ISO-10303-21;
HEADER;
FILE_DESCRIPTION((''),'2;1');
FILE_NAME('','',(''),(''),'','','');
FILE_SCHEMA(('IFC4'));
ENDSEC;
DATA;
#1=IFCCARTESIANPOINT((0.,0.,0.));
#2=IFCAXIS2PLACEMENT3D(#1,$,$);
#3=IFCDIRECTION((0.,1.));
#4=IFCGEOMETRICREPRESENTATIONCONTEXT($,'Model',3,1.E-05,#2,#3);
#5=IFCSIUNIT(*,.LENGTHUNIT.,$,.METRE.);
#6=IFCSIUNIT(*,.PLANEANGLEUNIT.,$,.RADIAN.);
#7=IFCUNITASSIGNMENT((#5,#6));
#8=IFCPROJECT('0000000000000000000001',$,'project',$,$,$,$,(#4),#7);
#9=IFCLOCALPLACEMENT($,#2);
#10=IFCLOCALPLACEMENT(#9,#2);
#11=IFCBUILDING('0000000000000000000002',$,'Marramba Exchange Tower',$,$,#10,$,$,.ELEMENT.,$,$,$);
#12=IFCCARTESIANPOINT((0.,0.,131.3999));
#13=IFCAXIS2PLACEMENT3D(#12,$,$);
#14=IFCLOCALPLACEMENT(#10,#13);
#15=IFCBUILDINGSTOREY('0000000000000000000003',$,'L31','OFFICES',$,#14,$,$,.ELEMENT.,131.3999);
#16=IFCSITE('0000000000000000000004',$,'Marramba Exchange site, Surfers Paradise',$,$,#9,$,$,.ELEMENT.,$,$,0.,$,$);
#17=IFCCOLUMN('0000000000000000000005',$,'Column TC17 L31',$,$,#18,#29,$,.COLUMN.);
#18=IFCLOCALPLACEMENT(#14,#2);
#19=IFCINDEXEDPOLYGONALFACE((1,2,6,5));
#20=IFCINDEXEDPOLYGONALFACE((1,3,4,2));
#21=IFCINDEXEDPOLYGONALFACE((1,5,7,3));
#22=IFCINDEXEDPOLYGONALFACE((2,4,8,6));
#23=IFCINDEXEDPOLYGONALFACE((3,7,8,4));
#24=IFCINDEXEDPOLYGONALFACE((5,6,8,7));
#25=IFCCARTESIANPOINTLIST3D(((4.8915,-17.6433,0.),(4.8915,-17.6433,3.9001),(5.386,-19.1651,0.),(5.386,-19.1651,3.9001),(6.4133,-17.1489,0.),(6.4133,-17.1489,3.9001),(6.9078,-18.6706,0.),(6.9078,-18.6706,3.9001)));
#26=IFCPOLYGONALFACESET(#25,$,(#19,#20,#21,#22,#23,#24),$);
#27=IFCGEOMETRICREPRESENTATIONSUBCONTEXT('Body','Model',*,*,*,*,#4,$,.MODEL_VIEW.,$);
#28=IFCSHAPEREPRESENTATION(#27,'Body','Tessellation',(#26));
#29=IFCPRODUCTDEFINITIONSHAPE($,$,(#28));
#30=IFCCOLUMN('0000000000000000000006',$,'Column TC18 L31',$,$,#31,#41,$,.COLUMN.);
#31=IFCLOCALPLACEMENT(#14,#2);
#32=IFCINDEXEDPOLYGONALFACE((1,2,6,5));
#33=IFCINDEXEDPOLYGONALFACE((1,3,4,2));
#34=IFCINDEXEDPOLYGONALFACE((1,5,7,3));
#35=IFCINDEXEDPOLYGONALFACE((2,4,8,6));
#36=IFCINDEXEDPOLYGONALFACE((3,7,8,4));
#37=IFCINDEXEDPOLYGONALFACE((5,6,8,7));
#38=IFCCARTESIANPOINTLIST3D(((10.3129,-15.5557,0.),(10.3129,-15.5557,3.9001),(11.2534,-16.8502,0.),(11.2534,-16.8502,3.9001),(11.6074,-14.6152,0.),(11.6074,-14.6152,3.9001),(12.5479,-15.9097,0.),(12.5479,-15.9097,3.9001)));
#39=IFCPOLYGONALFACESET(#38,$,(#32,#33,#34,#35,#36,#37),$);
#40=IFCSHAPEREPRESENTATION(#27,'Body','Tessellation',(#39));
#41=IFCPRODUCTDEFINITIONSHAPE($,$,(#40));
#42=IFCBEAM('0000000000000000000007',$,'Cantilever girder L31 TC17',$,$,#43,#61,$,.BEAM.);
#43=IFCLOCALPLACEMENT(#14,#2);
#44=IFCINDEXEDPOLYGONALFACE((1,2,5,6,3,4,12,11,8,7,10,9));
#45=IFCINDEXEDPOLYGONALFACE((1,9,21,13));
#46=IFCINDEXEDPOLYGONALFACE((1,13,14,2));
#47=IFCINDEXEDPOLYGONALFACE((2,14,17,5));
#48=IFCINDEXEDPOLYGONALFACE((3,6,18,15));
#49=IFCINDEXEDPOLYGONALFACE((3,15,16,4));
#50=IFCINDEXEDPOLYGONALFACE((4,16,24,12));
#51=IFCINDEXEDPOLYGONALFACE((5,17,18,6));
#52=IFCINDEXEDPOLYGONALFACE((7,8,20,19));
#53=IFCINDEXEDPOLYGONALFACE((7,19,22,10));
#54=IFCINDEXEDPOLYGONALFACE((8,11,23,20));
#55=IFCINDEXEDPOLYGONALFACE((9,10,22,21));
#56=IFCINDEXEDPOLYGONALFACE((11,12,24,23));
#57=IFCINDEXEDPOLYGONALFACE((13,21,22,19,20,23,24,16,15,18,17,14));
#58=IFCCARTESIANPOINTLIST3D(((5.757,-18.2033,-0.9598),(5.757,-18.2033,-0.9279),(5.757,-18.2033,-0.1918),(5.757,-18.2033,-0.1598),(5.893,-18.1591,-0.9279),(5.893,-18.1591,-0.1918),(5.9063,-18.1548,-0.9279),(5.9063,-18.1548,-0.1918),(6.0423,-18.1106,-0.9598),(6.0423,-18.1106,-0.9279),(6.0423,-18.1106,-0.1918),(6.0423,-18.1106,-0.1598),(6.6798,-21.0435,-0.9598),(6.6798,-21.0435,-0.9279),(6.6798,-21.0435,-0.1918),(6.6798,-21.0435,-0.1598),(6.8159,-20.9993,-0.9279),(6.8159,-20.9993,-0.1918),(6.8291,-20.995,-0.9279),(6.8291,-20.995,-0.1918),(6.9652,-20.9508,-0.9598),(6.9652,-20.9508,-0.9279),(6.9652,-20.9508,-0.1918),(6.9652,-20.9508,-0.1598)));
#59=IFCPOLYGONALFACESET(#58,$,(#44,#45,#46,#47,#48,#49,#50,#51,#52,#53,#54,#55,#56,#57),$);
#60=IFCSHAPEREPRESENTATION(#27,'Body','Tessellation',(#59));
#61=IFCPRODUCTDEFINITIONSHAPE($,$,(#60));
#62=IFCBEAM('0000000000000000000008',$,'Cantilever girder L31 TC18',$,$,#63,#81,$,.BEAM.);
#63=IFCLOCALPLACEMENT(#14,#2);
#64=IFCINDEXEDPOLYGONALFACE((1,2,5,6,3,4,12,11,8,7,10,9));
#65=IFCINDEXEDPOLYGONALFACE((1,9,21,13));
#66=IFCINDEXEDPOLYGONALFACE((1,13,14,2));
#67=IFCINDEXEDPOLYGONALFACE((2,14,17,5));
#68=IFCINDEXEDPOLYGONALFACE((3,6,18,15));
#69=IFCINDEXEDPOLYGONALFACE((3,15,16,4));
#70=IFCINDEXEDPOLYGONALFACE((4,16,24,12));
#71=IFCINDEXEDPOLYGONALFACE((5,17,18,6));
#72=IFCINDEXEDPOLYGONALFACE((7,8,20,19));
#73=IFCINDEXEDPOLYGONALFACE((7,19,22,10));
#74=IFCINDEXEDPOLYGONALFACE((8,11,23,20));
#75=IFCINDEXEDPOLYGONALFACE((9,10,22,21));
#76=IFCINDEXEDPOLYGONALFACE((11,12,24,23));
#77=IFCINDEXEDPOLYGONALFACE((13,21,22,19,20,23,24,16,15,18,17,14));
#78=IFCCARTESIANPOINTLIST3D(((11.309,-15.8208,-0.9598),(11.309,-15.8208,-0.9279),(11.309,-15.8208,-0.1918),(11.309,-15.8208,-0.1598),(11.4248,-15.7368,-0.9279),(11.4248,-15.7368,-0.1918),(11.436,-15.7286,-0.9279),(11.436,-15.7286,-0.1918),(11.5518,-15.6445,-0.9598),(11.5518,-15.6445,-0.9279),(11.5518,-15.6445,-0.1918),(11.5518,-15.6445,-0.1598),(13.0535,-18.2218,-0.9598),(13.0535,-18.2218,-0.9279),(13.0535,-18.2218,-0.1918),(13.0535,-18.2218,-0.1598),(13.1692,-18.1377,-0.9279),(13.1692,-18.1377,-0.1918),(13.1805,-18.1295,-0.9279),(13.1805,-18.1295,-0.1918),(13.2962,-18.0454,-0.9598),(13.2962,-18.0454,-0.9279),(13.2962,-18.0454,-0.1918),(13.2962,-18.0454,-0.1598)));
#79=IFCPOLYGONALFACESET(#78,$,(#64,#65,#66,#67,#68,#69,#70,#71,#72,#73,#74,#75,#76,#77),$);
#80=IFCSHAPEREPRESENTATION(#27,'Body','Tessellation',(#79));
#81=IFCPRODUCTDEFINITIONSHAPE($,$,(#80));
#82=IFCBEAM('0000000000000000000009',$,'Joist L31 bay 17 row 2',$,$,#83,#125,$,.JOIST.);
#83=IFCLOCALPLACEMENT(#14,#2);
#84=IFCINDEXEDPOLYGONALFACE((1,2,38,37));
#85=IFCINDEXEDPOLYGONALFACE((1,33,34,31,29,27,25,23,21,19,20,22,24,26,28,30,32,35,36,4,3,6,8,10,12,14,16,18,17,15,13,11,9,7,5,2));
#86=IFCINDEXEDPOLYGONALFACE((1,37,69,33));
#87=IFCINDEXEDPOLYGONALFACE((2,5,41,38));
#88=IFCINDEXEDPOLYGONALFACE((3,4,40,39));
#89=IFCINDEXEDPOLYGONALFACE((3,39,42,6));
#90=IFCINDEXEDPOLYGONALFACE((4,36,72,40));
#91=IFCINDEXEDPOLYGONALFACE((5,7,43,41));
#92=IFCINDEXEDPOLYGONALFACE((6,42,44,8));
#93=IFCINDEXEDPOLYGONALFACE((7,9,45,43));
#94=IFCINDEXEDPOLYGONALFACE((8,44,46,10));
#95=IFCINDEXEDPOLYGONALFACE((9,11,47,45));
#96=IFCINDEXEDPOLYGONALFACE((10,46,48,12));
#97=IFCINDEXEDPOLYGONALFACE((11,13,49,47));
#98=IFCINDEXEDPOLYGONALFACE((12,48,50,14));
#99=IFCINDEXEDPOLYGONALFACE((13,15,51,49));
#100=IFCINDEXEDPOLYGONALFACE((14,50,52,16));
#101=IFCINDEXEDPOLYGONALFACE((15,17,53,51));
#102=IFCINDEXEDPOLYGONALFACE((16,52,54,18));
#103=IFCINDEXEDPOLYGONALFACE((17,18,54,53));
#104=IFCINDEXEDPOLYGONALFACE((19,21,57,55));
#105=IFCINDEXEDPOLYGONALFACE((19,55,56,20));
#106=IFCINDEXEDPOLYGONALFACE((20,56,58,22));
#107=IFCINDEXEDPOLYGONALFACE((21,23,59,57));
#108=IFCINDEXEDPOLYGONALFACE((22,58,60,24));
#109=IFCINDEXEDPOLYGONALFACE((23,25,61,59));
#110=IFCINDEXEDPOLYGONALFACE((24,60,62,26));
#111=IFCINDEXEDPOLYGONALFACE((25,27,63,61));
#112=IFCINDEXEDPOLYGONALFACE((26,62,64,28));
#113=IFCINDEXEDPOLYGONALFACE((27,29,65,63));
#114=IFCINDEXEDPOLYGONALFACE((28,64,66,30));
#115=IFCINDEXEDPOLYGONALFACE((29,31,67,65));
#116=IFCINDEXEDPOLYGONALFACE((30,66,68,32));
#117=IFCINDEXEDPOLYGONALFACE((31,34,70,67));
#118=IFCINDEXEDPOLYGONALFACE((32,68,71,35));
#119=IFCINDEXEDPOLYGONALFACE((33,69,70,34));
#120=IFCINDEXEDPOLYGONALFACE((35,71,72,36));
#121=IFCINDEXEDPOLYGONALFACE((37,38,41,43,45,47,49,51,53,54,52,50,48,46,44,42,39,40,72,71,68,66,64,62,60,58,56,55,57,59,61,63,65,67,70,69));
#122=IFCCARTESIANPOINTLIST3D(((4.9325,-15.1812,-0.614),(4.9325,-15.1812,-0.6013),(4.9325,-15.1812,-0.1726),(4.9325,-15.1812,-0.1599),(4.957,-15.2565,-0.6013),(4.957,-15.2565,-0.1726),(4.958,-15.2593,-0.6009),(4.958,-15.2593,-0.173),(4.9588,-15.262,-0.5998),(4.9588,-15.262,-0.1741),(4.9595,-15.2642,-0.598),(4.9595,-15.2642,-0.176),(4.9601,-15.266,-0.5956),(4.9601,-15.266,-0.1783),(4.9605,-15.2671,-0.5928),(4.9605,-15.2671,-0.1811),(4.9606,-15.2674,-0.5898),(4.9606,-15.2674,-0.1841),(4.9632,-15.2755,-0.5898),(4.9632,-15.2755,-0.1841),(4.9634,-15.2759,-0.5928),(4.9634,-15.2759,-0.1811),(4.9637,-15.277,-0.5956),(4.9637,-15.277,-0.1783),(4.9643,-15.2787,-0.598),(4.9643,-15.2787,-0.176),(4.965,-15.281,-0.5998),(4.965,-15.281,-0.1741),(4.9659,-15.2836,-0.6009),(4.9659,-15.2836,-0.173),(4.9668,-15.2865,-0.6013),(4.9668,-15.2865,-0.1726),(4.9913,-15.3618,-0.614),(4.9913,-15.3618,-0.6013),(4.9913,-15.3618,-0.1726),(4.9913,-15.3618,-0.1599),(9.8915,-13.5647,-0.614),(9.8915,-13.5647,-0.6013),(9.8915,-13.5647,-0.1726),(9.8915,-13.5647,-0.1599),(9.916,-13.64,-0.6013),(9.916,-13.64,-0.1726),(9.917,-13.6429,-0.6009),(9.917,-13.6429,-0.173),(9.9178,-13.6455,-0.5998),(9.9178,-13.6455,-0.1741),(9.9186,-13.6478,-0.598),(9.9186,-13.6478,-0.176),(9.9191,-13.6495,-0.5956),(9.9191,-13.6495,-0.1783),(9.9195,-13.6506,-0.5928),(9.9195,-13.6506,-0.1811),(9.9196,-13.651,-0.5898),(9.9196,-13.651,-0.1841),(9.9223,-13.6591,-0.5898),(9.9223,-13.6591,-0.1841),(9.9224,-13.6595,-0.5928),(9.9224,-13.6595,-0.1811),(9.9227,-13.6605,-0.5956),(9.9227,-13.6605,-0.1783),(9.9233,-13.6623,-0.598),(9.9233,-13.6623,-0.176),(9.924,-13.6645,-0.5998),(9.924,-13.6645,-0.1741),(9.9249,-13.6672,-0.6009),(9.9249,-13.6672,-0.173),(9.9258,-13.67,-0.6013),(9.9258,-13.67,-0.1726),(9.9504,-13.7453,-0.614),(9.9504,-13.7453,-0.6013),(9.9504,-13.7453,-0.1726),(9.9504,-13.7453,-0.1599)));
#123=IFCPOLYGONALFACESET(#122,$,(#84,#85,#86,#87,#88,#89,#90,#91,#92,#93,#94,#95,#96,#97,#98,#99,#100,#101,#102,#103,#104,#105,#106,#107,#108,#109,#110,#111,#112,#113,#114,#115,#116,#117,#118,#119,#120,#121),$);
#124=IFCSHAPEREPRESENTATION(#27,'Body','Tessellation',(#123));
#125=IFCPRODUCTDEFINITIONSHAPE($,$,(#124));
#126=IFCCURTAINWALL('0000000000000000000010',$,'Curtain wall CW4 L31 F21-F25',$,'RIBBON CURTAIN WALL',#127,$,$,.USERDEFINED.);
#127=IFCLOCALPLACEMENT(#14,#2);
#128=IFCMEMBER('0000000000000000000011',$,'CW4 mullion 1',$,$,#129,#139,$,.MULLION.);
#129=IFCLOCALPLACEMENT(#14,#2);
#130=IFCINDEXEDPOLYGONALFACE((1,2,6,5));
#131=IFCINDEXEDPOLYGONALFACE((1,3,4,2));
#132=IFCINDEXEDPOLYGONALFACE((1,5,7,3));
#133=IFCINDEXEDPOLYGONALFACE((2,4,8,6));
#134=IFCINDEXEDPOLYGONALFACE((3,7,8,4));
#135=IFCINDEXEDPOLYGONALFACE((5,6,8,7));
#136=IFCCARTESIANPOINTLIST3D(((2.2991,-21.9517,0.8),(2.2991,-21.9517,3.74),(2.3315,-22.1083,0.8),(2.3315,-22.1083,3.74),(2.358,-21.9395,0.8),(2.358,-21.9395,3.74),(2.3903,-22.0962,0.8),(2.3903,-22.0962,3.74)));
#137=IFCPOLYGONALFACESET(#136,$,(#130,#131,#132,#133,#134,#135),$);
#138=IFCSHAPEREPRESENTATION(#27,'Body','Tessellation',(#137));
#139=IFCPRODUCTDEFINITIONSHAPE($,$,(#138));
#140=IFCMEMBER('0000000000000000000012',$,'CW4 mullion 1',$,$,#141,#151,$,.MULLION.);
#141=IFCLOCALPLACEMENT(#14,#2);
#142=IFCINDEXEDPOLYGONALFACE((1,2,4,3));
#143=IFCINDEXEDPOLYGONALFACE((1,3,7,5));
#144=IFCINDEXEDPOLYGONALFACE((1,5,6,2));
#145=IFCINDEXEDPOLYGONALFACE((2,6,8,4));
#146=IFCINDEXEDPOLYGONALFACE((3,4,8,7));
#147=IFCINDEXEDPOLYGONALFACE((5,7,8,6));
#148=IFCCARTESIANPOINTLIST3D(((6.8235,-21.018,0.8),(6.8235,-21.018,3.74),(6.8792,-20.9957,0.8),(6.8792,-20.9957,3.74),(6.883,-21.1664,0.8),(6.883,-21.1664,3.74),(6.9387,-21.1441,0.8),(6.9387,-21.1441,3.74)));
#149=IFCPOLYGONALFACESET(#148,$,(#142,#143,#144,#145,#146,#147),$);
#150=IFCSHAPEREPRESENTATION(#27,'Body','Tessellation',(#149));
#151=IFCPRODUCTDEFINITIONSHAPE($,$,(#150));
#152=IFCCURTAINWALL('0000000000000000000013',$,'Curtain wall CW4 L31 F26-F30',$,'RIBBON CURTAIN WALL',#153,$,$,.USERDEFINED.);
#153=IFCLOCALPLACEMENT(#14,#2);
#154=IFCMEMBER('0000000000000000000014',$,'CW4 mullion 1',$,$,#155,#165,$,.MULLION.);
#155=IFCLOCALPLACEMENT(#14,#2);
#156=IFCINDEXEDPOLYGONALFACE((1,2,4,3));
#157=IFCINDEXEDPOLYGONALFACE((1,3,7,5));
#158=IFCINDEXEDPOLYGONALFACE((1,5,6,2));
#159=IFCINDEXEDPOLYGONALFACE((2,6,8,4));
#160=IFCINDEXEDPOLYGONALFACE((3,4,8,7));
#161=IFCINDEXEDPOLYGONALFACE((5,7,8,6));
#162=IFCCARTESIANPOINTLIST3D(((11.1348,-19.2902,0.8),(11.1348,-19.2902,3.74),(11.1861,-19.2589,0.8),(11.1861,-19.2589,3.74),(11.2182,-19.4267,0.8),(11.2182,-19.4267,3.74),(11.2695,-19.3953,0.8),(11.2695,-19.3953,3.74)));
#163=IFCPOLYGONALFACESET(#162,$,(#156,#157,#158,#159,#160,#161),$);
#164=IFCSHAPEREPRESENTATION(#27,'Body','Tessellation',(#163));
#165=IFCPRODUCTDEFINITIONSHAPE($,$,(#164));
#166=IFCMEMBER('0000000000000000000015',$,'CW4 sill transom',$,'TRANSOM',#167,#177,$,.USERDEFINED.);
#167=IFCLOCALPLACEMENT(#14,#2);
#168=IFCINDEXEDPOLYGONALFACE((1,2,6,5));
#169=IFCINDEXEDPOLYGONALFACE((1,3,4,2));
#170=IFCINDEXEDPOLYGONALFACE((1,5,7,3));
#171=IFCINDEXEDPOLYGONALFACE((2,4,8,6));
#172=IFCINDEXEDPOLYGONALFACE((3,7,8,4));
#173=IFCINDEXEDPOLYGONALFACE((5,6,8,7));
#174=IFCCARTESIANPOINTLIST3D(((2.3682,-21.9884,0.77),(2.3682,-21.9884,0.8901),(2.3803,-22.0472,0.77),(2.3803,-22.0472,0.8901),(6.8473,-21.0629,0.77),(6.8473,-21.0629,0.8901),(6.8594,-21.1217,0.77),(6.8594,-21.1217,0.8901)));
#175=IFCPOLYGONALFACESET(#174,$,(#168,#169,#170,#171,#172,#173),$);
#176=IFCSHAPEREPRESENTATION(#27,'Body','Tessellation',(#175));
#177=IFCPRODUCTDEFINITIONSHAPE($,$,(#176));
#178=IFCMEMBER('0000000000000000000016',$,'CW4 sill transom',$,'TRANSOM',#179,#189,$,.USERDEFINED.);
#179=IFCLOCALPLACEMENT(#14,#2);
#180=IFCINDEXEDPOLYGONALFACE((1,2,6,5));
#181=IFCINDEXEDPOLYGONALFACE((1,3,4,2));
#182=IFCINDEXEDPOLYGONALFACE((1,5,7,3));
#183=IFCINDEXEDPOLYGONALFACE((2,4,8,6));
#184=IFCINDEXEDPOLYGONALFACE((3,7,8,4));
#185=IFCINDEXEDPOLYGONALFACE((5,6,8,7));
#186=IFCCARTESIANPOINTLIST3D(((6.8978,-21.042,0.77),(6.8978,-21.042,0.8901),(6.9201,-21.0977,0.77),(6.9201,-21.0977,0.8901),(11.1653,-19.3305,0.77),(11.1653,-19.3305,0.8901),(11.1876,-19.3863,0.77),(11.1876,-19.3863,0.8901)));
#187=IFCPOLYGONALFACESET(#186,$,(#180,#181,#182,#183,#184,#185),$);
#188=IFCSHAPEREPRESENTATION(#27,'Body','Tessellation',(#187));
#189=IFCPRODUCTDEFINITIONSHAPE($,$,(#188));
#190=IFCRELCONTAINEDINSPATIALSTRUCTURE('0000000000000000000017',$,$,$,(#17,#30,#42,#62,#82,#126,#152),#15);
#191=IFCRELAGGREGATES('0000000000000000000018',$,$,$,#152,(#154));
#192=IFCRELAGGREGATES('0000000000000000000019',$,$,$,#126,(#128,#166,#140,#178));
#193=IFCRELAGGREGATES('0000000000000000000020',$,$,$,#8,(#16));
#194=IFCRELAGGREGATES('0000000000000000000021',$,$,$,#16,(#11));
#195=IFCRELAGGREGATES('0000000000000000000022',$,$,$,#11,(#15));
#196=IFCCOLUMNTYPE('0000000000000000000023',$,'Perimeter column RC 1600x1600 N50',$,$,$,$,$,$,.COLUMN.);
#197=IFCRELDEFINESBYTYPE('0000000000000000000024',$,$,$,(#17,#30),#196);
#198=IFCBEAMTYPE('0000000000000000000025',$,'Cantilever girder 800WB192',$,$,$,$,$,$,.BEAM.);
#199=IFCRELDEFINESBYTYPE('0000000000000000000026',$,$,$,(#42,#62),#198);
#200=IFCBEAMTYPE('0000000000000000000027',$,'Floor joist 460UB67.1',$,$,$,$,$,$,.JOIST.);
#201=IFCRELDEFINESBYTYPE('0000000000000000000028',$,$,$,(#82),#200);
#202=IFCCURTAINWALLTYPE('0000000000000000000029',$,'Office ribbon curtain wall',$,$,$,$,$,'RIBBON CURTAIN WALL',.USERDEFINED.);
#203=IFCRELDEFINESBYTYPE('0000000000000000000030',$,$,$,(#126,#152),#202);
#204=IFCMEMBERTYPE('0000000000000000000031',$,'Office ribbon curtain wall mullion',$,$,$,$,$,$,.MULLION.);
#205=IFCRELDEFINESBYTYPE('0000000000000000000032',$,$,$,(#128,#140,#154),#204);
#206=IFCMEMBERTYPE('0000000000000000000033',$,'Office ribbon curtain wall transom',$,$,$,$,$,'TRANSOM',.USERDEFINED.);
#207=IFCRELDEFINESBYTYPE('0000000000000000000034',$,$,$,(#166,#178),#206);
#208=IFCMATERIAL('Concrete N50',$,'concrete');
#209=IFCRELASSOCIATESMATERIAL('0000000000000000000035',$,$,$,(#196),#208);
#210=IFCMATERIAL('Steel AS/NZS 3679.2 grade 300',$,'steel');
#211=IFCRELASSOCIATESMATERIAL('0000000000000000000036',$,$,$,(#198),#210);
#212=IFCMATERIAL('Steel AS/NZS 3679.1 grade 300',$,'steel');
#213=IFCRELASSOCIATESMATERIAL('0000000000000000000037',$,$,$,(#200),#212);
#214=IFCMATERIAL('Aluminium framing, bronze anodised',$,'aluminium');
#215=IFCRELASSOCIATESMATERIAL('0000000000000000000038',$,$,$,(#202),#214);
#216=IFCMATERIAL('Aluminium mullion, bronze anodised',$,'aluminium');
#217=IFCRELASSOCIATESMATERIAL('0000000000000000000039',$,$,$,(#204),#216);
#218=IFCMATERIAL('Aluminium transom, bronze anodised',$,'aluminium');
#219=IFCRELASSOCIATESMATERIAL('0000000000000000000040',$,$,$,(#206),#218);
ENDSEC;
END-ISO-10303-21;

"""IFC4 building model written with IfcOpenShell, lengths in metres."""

from ifc_helpers import new_model, si_unit, direction, frame, origin, origin_2d, place, context, subcontext, project, spatial, rectangle, i_section, extrude, material, material_profile, profile_set, type_object, element, aggregate, save


model = new_model("IFC4")

# Units and contexts
model_context = context("Model", 3, precision=1e-05, world=origin(), true_north=direction((0.0, 1.0)))
body_context = subcontext(model_context, "Body", "Model", "MODEL_VIEW")
ifc_project = project(units=[si_unit("LENGTHUNIT", "METRE"), si_unit("PLANEANGLEUNIT", "RADIAN")], contexts=[model_context])

# Site, building, storey
site_placement = place(None, origin())
site = spatial("IfcSite", under=ifc_project, at=site_placement, Name="Marramba Exchange site, Surfers Paradise", CompositionType="ELEMENT", RefElevation=0.0)
building_placement = place(site_placement, origin())
building = spatial("IfcBuilding", under=site, at=building_placement, Name="Marramba Exchange Tower", CompositionType="ELEMENT")
storey_placement = place(building_placement, frame((0.0, 0.0, 131.3999)))
storey = spatial("IfcBuildingStorey", under=building, at=storey_placement, Name="L31", Description="OFFICES", CompositionType="ELEMENT", Elevation=131.3999)

# Columns
ifc_material_1 = material(Name="Concrete N50", Category="concrete")
ifc_material_profile_1 = material_profile(ifc_material_1, rectangle(XDim=1.6001, YDim=1.6001, at=origin_2d()), Name="RC 1600x1600")
ifc_profile_set_1 = profile_set([ifc_material_profile_1], Name="Concrete N50")
column_type = type_object("IfcColumnType", Name="Perimeter column RC 1600x1600 N50", PredefinedType="COLUMN", material=ifc_profile_set_1)
for number, where, z_axis, x_axis, name in (
    (1, (5.8997, -18.157, 0.0), (0.0, 0.0, 1.0), (0.309017, -0.951057, 0.0), "Column TC17 L31"),
    (2, (11.4304, -15.7327, 0.0), (0.0, 0.0, 1.0), (0.587785, -0.809017, 0.0), "Column TC18 L31"),
):
    element("IfcColumn", number, at=place(storey_placement, frame(where, z_axis=z_axis, x_axis=x_axis)), inside=storey, type_object=column_type, Name=name, PredefinedType="COLUMN", context=body_context, shape_type="SweptSolid", body=[
        extrude(rectangle(XDim=1.6001, YDim=1.6001, at=origin_2d()), origin(), (0.0, 0.0, 1.0), 3.9001),
    ])

# Beams
ifc_material_2 = material(Name="Steel AS/NZS 3679.2 grade 300", Category="steel")
ifc_material_profile_2 = material_profile(ifc_material_2, i_section(OverallWidth=0.3, OverallDepth=0.8, WebThickness=0.0139, FlangeThickness=0.032, at=origin_2d()), Name="800WB192")
ifc_profile_set_2 = profile_set([ifc_material_profile_2], Name="Steel AS/NZS 3679.2 grade 300")
beam_type_1 = type_object("IfcBeamType", Name="Cantilever girder 800WB192", PredefinedType="BEAM", material=ifc_profile_set_2)
beam_1_placement = place(storey_placement, frame((5.8997, -18.157, -0.5598), z_axis=(0.309032, -0.951051, 0.0), x_axis=(0.951051, 0.309032, 0.0)))
element("IfcBeam", 3, at=beam_1_placement, inside=storey, type_object=beam_type_1, Name="Cantilever girder L31 TC17", PredefinedType="BEAM", context=body_context, shape_type="SweptSolid", body=[
    extrude(i_section(OverallWidth=0.3, OverallDepth=0.8, WebThickness=0.0139, FlangeThickness=0.032, at=origin_2d()), origin(), (0.0, 0.0, 1.0), 2.9863),
])
beam_2_placement = place(storey_placement, frame((11.4304, -15.7327, -0.5598), z_axis=(0.587795, -0.80901, 0.0), x_axis=(0.80901, 0.587795, 0.0)))
element("IfcBeam", 4, at=beam_2_placement, inside=storey, type_object=beam_type_1, Name="Cantilever girder L31 TC18", PredefinedType="BEAM", context=body_context, shape_type="SweptSolid", body=[
    extrude(i_section(OverallWidth=0.3, OverallDepth=0.8, WebThickness=0.0139, FlangeThickness=0.032, at=origin_2d()), origin(), (0.0, 0.0, 1.0), 2.9678),
])
ifc_material_3 = material(Name="Steel AS/NZS 3679.1 grade 300", Category="steel")
ifc_material_profile_3 = material_profile(ifc_material_3, i_section(OverallWidth=0.1899, OverallDepth=0.4541, WebThickness=0.0085, FlangeThickness=0.0127, FilletRadius=0.0115, at=origin_2d()), Name="460UB67.1")
ifc_profile_set_3 = profile_set([ifc_material_profile_3], Name="Steel AS/NZS 3679.1 grade 300")
beam_type_2 = type_object("IfcBeamType", Name="Floor joist 460UB67.1", PredefinedType="JOIST", material=ifc_profile_set_3)
beam_3_placement = place(storey_placement, frame((4.9619, -15.2715, -0.387), z_axis=(0.950764, 0.309916, 0.0), x_axis=(-0.309916, 0.950764, 0.0)))
element("IfcBeam", 5, at=beam_3_placement, inside=storey, type_object=beam_type_2, Name="Joist L31 bay 17 row 2", PredefinedType="JOIST", context=body_context, shape_type="SweptSolid", body=[
    extrude(i_section(OverallWidth=0.1899, OverallDepth=0.4541, WebThickness=0.0085, FlangeThickness=0.0127, FilletRadius=0.0115, at=origin_2d()), origin(), (0.0, 0.0, 1.0), 5.2158),
])

# Curtain wall, members
ifc_material_4 = material(Name="Aluminium framing, bronze anodised", Category="aluminium")
curtain_wall_type = type_object("IfcCurtainWallType", Name="Office ribbon curtain wall", ElementType="RIBBON CURTAIN WALL", PredefinedType="USERDEFINED", material=ifc_material_4)
curtain_wall_1_placement = place(storey_placement, origin())
curtain_wall_1 = element("IfcCurtainWall", 6, at=curtain_wall_1_placement, inside=storey, type_object=curtain_wall_type, Name="Curtain wall CW4 L31 F21-F25", ObjectType="RIBBON CURTAIN WALL", PredefinedType="USERDEFINED")
ifc_material_5 = material(Name="Aluminium mullion, bronze anodised", Category="aluminium")
ifc_material_profile_4 = material_profile(ifc_material_5, rectangle(XDim=0.1599, YDim=0.0601, at=origin_2d()), Name="CW4 mullion 60x160")
ifc_profile_set_4 = profile_set([ifc_material_profile_4], Name="Aluminium mullion, bronze anodised")
member_type_1 = type_object("IfcMemberType", Name="Office ribbon curtain wall mullion", PredefinedType="MULLION", material=ifc_profile_set_4)
member_1_placement = place(storey_placement, frame((2.3447, -22.0239, 0.8), z_axis=(0.0, 0.0, 1.0), x_axis=(-0.202365, 0.97931, 0.0)))
member_1 = element("IfcMember", 7, at=member_1_placement, type_object=member_type_1, Name="CW4 mullion 1", PredefinedType="MULLION", context=body_context, shape_type="SweptSolid", body=[
    extrude(rectangle(XDim=0.1599, YDim=0.0601, at=origin_2d()), origin(), (0.0, 0.0, 1.0), 2.9399),
])
member_2_placement = place(storey_placement, frame((6.8811, -21.0811, 0.8), z_axis=(0.0, 0.0, 1.0), x_axis=(-0.372209, 0.928149, 0.0)))
member_2 = element("IfcMember", 8, at=member_2_placement, type_object=member_type_1, Name="CW4 mullion 1", PredefinedType="MULLION", context=body_context, shape_type="SweptSolid", body=[
    extrude(rectangle(XDim=0.1599, YDim=0.0601, at=origin_2d()), origin(), (0.0, 0.0, 1.0), 2.9399),
])

# Curtain wall, member
curtain_wall_2_placement = place(storey_placement, origin())
curtain_wall_2 = element("IfcCurtainWall", 9, at=curtain_wall_2_placement, inside=storey, type_object=curtain_wall_type, Name="Curtain wall CW4 L31 F26-F30", ObjectType="RIBBON CURTAIN WALL", PredefinedType="USERDEFINED")
member_3_placement = place(storey_placement, frame((11.2021, -19.3428, 0.8), z_axis=(0.0, 0.0, 1.0), x_axis=(-0.521733, 0.853109, 0.0)))
member_3 = element("IfcMember", 10, at=member_3_placement, type_object=member_type_1, Name="CW4 mullion 1", PredefinedType="MULLION", context=body_context, shape_type="SweptSolid", body=[
    extrude(rectangle(XDim=0.1599, YDim=0.0601, at=origin_2d()), origin(), (0.0, 0.0, 1.0), 2.9399),
])

# Members
ifc_material_6 = material(Name="Aluminium transom, bronze anodised", Category="aluminium")
ifc_material_profile_5 = material_profile(ifc_material_6, rectangle(XDim=0.0601, YDim=0.1201, at=origin_2d()), Name="CW4 transom 60x120")
ifc_profile_set_5 = profile_set([ifc_material_profile_5], Name="Aluminium transom, bronze anodised")
member_type_2 = type_object("IfcMemberType", Name="Office ribbon curtain wall transom", ElementType="TRANSOM", PredefinedType="USERDEFINED", material=ifc_profile_set_5)
member_4_placement = place(storey_placement, frame((2.3743, -22.0178, 0.8301), z_axis=(0.97931, 0.202364, 0.0), x_axis=(-0.202364, 0.97931, 0.0)))
member_4 = element("IfcMember", 11, at=member_4_placement, type_object=member_type_2, Name="CW4 sill transom", ObjectType="TRANSOM", PredefinedType="USERDEFINED", context=body_context, shape_type="SweptSolid", body=[
    extrude(rectangle(XDim=0.0601, YDim=0.1201, at=origin_2d()), origin(), (0.0, 0.0, 1.0), 4.5737),
])
member_5_placement = place(storey_placement, frame((6.9089, -21.0698, 0.8301), z_axis=(0.928147, 0.372214, 0.0), x_axis=(-0.372214, 0.928147, 0.0)))
member_5 = element("IfcMember", 12, at=member_5_placement, type_object=member_type_2, Name="CW4 sill transom", ObjectType="TRANSOM", PredefinedType="USERDEFINED", context=body_context, shape_type="SweptSolid", body=[
    extrude(rectangle(XDim=0.0601, YDim=0.1201, at=origin_2d()), origin(), (0.0, 0.0, 1.0), 4.5979),
])
aggregate(curtain_wall_2, [member_3])

aggregate(curtain_wall_1, [member_1, member_4, member_2, member_5])

save(model, "model.ifc")
